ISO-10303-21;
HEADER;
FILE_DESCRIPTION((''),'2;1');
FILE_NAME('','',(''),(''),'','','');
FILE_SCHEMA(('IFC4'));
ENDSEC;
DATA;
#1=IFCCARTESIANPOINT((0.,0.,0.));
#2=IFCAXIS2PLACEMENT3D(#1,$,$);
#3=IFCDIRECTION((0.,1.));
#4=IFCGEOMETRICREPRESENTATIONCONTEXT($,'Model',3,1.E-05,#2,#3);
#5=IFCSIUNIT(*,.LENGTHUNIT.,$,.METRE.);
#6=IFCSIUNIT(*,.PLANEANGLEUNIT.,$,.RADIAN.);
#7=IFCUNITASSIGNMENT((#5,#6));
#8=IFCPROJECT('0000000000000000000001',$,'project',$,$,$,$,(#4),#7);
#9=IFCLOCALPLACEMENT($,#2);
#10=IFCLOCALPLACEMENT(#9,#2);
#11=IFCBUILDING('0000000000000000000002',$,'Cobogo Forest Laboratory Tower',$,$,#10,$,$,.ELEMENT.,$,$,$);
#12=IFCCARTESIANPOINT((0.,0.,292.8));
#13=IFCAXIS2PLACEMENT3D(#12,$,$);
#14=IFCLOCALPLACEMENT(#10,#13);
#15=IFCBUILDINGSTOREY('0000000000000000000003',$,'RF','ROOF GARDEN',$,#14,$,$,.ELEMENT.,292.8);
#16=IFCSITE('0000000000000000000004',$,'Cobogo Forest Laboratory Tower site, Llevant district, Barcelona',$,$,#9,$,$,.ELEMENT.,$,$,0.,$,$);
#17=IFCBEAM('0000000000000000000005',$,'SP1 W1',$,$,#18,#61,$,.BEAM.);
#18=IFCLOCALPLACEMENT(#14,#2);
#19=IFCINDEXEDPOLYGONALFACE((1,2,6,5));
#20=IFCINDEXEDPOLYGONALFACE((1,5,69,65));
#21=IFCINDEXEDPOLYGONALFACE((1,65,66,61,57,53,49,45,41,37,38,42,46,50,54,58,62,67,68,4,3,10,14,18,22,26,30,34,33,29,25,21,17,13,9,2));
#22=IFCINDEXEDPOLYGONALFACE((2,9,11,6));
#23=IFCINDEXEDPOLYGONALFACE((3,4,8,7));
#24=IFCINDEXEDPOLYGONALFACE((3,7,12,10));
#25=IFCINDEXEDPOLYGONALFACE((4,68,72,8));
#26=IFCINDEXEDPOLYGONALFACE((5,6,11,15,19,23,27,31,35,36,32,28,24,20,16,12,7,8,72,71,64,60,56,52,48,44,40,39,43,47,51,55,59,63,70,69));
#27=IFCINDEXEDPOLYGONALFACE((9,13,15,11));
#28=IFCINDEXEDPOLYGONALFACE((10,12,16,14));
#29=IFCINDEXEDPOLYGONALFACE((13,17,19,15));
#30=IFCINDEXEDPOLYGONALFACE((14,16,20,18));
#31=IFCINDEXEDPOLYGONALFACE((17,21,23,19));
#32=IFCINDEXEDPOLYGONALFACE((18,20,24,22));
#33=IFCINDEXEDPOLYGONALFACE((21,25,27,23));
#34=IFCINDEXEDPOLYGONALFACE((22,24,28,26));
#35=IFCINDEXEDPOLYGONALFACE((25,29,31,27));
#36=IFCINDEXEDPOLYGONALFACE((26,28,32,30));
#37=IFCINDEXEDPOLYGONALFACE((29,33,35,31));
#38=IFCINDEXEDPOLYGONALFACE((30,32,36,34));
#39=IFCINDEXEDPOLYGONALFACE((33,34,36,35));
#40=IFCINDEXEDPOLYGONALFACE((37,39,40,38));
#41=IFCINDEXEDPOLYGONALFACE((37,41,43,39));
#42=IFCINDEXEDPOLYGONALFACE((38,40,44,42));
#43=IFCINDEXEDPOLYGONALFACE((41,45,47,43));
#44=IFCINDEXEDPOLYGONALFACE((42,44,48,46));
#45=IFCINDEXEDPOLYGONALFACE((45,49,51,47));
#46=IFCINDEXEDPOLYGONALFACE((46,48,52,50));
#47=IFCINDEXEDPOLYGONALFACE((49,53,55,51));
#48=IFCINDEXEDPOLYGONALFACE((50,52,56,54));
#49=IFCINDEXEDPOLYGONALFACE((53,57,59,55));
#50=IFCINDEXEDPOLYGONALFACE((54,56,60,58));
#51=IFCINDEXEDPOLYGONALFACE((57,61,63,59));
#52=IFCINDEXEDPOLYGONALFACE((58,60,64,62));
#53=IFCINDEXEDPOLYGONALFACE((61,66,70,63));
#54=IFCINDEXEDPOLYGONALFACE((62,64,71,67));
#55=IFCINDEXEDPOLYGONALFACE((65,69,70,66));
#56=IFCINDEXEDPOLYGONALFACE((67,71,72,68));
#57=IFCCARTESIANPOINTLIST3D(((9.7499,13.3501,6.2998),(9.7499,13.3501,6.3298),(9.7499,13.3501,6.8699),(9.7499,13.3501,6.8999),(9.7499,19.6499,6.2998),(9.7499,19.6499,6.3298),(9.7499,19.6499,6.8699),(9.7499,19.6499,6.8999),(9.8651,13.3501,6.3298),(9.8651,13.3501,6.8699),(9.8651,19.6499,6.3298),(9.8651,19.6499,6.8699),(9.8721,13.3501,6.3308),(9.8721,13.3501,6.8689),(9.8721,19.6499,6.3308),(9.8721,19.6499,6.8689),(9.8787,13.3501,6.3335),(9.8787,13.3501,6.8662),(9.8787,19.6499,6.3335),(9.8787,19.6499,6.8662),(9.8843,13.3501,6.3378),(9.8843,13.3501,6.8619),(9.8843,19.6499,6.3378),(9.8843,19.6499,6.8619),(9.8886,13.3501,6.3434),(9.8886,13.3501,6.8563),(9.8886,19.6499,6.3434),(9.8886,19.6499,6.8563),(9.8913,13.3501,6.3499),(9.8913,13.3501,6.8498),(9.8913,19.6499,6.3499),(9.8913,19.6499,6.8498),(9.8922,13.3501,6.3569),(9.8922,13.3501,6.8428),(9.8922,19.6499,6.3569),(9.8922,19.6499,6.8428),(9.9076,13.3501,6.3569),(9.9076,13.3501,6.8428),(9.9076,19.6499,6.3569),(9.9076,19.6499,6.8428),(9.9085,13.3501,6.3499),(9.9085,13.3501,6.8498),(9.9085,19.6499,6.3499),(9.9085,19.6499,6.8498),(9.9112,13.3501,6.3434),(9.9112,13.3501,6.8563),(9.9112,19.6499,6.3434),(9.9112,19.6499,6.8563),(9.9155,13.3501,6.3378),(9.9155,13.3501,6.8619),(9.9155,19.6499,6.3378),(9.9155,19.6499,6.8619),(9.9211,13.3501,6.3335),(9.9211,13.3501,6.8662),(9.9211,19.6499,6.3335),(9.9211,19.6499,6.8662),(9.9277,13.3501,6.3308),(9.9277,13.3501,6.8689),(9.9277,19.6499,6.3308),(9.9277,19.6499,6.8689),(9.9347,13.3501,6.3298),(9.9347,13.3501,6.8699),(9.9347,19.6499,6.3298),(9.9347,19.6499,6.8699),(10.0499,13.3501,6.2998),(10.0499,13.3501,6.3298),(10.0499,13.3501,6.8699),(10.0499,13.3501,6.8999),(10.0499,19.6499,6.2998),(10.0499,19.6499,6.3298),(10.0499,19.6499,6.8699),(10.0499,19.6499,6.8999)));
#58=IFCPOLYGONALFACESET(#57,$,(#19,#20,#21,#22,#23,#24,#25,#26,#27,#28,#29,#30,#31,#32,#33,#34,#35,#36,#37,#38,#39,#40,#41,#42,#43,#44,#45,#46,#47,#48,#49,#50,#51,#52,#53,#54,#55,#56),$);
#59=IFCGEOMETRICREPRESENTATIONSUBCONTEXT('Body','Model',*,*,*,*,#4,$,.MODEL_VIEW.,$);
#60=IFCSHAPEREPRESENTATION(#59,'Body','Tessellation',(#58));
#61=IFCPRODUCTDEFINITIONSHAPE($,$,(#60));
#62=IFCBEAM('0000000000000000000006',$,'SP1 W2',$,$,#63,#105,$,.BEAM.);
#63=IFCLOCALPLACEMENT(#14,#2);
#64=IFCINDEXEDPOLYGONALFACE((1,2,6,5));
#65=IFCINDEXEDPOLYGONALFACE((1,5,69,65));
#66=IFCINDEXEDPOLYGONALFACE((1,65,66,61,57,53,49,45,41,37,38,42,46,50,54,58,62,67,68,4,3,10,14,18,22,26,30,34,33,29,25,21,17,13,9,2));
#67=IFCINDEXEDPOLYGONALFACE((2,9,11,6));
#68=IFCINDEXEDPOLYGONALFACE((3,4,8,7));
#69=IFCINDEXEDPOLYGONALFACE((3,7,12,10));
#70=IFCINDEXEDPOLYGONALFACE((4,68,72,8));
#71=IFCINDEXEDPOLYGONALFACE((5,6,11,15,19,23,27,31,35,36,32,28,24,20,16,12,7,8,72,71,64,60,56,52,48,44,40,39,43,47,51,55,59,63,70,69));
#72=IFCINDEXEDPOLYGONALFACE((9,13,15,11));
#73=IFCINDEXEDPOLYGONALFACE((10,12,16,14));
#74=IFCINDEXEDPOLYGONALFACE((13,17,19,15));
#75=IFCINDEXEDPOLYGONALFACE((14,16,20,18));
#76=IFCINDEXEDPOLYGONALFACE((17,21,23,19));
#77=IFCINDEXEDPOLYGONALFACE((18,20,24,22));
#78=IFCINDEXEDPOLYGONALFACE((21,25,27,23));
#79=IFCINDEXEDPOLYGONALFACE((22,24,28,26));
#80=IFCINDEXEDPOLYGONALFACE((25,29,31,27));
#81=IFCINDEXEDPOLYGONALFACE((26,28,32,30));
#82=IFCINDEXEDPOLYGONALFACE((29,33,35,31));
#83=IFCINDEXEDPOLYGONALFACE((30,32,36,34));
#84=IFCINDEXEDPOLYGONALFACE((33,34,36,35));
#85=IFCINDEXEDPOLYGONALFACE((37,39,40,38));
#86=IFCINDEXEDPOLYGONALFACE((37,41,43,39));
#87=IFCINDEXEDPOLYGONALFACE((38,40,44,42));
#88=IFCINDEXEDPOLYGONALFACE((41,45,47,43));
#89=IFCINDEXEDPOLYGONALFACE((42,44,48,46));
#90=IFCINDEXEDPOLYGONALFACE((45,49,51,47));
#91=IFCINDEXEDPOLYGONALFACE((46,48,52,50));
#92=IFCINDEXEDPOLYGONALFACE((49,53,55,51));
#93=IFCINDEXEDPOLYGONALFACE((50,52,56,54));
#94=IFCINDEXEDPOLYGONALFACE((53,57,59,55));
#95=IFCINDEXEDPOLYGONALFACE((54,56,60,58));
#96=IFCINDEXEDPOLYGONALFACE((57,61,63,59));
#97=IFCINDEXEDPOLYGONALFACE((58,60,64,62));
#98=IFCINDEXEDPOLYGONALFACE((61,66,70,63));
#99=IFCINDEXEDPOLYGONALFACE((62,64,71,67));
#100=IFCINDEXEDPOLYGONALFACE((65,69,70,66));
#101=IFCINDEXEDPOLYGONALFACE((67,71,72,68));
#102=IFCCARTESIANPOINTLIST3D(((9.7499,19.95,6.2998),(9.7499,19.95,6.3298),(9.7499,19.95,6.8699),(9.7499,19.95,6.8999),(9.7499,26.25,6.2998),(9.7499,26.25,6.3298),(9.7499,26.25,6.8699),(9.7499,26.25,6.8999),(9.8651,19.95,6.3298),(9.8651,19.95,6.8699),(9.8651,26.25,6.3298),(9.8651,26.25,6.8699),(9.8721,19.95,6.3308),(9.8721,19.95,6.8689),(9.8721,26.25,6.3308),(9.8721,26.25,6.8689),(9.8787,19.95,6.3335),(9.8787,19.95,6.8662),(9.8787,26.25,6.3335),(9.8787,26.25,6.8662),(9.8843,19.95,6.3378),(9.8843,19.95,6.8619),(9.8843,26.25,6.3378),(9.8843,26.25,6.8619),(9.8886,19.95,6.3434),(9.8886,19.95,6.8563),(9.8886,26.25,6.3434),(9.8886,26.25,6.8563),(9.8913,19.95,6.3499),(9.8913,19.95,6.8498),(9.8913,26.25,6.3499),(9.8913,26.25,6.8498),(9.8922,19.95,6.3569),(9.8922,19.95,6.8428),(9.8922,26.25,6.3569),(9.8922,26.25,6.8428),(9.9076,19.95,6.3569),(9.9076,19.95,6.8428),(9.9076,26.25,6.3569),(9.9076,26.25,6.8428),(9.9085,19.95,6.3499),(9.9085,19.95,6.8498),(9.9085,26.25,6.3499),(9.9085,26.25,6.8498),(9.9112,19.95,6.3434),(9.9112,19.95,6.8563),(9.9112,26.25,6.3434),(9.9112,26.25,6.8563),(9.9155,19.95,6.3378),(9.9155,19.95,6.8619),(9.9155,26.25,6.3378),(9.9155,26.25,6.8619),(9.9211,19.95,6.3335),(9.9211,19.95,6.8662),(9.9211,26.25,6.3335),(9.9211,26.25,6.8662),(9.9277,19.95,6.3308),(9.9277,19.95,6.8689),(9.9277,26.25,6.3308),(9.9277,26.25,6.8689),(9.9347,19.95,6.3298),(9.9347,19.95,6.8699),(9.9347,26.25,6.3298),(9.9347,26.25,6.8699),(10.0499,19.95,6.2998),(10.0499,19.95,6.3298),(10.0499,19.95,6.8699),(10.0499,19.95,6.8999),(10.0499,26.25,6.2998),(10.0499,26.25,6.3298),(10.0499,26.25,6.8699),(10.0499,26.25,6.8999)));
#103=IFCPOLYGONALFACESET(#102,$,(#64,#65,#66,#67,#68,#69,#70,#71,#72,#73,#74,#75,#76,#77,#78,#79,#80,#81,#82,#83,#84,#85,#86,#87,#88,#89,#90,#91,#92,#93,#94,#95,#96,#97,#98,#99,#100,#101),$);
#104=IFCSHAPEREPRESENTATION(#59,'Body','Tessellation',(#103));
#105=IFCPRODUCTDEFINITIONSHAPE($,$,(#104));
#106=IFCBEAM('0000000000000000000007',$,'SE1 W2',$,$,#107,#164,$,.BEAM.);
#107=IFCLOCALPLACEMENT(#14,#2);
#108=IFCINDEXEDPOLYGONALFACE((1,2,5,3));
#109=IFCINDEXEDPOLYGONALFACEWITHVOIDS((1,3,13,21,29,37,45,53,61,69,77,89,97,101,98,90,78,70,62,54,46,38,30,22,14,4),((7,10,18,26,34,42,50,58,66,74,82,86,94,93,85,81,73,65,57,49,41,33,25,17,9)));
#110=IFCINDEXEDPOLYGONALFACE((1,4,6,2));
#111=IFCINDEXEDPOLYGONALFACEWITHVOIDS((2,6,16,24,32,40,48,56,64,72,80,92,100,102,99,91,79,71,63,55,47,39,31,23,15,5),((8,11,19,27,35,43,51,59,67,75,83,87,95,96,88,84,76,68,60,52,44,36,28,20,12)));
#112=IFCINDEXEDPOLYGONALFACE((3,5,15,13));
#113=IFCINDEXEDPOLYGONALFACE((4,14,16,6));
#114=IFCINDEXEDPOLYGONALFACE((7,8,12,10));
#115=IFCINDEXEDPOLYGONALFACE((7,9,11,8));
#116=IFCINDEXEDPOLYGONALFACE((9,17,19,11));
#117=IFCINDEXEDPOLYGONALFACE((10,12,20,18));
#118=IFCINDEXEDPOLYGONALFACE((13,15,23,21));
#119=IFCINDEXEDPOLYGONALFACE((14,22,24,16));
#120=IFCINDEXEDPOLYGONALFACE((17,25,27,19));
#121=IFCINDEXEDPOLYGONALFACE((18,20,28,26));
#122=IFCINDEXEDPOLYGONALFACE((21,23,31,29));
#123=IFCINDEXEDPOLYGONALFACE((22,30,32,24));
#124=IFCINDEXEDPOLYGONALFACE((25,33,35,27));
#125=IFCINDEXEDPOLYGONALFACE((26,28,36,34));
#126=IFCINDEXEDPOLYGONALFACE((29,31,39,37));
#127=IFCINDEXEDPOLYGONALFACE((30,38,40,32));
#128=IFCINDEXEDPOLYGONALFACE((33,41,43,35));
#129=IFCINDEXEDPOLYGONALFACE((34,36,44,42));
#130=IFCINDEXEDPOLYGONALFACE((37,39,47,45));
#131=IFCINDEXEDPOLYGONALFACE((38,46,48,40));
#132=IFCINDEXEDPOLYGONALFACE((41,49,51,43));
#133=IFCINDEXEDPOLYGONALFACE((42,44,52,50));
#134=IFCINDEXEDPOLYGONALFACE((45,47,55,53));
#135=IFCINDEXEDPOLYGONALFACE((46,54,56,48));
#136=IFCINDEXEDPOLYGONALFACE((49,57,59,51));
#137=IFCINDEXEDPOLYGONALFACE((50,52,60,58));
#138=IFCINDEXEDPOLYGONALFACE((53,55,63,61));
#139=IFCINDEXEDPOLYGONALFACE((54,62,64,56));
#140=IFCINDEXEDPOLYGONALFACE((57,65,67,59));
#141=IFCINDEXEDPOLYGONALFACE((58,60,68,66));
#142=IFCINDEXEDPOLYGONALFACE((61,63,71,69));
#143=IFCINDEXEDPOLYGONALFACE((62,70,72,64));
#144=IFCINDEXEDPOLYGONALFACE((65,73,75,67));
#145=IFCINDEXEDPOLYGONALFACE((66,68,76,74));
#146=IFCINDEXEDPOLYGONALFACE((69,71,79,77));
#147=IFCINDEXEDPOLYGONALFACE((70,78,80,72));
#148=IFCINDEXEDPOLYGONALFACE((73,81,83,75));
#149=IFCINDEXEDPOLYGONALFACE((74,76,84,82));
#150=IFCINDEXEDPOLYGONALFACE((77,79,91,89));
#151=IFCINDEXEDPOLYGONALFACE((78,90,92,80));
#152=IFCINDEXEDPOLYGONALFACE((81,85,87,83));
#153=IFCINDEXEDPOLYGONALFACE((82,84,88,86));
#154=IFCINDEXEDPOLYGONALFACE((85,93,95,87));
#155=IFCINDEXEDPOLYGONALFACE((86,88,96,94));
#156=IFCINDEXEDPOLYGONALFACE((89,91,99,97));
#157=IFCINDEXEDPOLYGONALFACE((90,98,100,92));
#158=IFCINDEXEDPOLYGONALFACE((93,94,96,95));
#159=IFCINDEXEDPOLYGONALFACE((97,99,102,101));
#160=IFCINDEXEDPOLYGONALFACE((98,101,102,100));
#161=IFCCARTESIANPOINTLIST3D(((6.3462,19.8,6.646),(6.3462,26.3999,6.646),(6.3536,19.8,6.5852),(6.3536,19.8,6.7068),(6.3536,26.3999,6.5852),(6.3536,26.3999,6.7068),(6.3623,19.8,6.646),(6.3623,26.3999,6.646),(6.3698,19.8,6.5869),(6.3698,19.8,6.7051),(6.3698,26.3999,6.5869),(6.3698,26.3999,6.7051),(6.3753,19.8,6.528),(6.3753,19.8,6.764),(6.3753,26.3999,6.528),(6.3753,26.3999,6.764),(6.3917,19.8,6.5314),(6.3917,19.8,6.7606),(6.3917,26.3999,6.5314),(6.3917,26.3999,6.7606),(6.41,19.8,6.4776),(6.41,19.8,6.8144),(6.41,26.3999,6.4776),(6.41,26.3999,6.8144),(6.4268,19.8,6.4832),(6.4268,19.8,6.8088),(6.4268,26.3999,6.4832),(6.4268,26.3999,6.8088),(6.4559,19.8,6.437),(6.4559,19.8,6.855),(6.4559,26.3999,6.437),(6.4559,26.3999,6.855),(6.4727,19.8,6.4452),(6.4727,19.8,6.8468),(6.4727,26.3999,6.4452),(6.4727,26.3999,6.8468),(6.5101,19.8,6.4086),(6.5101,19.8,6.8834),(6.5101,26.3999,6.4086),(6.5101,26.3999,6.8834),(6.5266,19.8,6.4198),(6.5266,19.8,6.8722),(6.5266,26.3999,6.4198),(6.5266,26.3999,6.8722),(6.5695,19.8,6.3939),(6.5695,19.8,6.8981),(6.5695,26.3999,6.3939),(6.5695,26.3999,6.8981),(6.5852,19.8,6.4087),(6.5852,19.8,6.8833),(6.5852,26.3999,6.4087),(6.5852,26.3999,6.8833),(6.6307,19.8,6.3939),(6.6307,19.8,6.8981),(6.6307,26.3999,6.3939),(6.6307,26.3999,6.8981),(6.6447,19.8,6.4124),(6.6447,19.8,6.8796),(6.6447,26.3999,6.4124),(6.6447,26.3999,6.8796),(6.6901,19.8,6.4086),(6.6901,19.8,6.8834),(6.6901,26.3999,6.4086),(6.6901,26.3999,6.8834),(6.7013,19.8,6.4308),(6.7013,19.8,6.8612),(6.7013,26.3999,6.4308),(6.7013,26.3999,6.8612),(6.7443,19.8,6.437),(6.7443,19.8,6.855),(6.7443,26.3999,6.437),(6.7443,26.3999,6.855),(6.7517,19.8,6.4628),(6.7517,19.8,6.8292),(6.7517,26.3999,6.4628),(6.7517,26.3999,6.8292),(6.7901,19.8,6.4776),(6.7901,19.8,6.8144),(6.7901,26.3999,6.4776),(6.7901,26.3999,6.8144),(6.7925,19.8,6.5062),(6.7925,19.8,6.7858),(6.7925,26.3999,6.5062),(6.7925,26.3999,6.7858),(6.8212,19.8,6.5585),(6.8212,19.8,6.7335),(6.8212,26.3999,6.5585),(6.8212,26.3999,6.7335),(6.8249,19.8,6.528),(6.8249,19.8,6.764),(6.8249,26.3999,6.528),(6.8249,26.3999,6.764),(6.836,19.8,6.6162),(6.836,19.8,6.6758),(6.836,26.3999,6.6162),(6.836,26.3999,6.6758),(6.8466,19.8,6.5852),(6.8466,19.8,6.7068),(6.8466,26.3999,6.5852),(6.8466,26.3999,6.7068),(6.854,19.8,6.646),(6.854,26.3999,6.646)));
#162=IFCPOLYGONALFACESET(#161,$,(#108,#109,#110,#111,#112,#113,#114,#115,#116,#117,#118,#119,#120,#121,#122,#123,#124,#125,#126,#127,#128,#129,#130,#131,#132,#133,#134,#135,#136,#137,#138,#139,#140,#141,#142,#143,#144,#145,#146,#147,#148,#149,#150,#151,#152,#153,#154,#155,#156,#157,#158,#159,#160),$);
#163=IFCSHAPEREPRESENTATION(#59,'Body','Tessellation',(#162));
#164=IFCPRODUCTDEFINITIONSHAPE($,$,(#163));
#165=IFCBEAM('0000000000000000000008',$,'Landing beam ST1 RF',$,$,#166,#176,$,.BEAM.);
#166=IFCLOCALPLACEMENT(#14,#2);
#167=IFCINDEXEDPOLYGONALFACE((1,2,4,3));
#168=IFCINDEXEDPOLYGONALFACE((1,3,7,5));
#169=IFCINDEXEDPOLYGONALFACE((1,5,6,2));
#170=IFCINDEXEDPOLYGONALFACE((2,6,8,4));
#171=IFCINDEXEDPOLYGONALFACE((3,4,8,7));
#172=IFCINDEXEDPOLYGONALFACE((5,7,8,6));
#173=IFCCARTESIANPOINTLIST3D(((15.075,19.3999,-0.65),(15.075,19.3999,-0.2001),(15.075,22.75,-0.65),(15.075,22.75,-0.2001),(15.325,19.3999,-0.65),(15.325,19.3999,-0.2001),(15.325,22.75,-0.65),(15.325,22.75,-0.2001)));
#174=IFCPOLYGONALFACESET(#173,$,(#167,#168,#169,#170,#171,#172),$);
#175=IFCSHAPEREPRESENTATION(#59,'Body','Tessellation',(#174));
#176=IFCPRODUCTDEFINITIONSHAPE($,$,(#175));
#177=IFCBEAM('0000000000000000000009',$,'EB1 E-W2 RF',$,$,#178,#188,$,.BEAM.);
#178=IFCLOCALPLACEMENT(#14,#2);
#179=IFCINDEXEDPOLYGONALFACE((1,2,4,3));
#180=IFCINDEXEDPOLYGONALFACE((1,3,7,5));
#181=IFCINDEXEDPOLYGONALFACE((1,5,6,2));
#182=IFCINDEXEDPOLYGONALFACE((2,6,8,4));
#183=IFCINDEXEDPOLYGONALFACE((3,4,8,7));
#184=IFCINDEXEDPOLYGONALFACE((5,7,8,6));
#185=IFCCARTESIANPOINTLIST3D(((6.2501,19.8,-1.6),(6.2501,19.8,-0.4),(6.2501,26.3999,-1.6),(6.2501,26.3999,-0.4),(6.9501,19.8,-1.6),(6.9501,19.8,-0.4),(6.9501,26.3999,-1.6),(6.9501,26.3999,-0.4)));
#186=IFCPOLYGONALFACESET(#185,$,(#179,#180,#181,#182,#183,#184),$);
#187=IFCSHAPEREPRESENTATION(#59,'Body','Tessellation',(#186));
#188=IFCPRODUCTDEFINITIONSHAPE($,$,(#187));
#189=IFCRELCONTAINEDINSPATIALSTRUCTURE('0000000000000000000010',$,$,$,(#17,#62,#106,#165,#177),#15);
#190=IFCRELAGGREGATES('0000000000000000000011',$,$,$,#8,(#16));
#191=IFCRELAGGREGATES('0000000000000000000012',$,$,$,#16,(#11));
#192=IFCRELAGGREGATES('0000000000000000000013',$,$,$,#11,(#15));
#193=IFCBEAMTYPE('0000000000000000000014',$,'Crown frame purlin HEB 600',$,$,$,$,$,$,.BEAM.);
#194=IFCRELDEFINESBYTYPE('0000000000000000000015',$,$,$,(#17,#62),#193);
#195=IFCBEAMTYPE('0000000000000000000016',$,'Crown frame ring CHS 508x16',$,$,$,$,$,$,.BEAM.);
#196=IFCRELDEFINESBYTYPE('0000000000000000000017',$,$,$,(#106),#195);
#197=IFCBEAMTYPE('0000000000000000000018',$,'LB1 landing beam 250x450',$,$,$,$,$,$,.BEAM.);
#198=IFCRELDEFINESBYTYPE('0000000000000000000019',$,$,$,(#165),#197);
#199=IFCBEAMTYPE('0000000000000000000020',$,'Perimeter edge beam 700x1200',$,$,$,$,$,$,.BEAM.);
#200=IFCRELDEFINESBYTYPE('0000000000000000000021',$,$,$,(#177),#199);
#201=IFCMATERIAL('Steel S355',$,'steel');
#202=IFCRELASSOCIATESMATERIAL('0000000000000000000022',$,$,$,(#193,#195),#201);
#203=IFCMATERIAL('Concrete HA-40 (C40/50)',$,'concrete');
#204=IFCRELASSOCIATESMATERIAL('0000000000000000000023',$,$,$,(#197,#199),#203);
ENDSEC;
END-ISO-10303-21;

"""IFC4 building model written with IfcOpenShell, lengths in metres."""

from ifc_helpers import new_model, si_unit, direction, frame, origin, origin_2d, place, context, subcontext, project, spatial, rectangle, hollow_circle, i_section, extrude, material, material_profile, profile_set, type_object, element, save


model = new_model("IFC4")

# Units and contexts
model_context = context("Model", 3, precision=1e-05, world=origin(), true_north=direction((0.0, 1.0)))
body_context = subcontext(model_context, "Body", "Model", "MODEL_VIEW")
ifc_project = project(units=[si_unit("LENGTHUNIT", "METRE"), si_unit("PLANEANGLEUNIT", "RADIAN")], contexts=[model_context])

# Site, building, storey
site_placement = place(None, origin())
site = spatial("IfcSite", under=ifc_project, at=site_placement, Name="Cobogo Forest Laboratory Tower site, Llevant district, Barcelona", CompositionType="ELEMENT", RefElevation=0.0)
building_placement = place(site_placement, origin())
building = spatial("IfcBuilding", under=site, at=building_placement, Name="Cobogo Forest Laboratory Tower", CompositionType="ELEMENT")
storey_placement = place(building_placement, frame((0.0, 0.0, 292.8)))
storey = spatial("IfcBuildingStorey", under=building, at=storey_placement, Name="RF", Description="ROOF GARDEN", CompositionType="ELEMENT", Elevation=292.8)

# Shared definitions
ifc_material_1 = material(Name="Steel S355", Category="steel")

# Beams
ifc_material_profile_1 = material_profile(ifc_material_1, i_section(OverallWidth=0.3, OverallDepth=0.6001, WebThickness=0.0154, FlangeThickness=0.03, FilletRadius=0.0271, at=origin_2d()), Name="HEB 600")
ifc_profile_set_1 = profile_set([ifc_material_profile_1], Name="Steel S355")
beam_type_1 = type_object("IfcBeamType", Name="Crown frame purlin HEB 600", PredefinedType="BEAM", material=ifc_profile_set_1)
beam_1_placement = place(storey_placement, frame((9.8999, 13.3501, 6.5999), z_axis=(0.0, 1.0, 0.0), x_axis=(-1.0, 0.0, 0.0)))
element("IfcBeam", 1, at=beam_1_placement, inside=storey, type_object=beam_type_1, Name="SP1 W1", PredefinedType="BEAM", context=body_context, shape_type="SweptSolid", body=[
    extrude(i_section(OverallWidth=0.3, OverallDepth=0.6001, WebThickness=0.0154, FlangeThickness=0.03, FilletRadius=0.0271, at=origin_2d()), origin(), (0.0, 0.0, 1.0), 6.2998),
])
beam_2_placement = place(storey_placement, frame((9.8999, 19.95, 6.5999), z_axis=(0.0, 1.0, 0.0), x_axis=(-1.0, 0.0, 0.0)))
element("IfcBeam", 2, at=beam_2_placement, inside=storey, type_object=beam_type_1, Name="SP1 W2", PredefinedType="BEAM", context=body_context, shape_type="SweptSolid", body=[
    extrude(i_section(OverallWidth=0.3, OverallDepth=0.6001, WebThickness=0.0154, FlangeThickness=0.03, FilletRadius=0.0271, at=origin_2d()), origin(), (0.0, 0.0, 1.0), 6.3),
])
ifc_material_profile_2 = material_profile(ifc_material_1, hollow_circle(Radius=0.2539, WallThickness=0.0161, at=origin_2d()), Name="CHS 508x16")
ifc_profile_set_2 = profile_set([ifc_material_profile_2], Name="Steel S355")
beam_type_2 = type_object("IfcBeamType", Name="Crown frame ring CHS 508x16", PredefinedType="BEAM", material=ifc_profile_set_2)
beam_3_placement = place(storey_placement, frame((6.6001, 19.8, 6.646), z_axis=(0.0, 1.0, 0.0), x_axis=(-1.0, 0.0, 0.0)))
element("IfcBeam", 3, at=beam_3_placement, inside=storey, type_object=beam_type_2, Name="SE1 W2", PredefinedType="BEAM", context=body_context, shape_type="SweptSolid", body=[
    extrude(hollow_circle(Radius=0.2539, WallThickness=0.0161, at=origin_2d()), origin(), (0.0, 0.0, 1.0), 6.5999),
])
ifc_material_2 = material(Name="Concrete HA-40 (C40/50)", Category="concrete")
ifc_material_profile_3 = material_profile(ifc_material_2, rectangle(XDim=0.25, YDim=0.45, at=origin_2d()), Name="RC 250x450")
ifc_profile_set_3 = profile_set([ifc_material_profile_3], Name="Concrete HA-40 (C40/50)")
beam_type_3 = type_object("IfcBeamType", Name="LB1 landing beam 250x450", PredefinedType="BEAM", material=ifc_profile_set_3)
beam_4_placement = place(storey_placement, frame((15.2, 19.3999, -0.425), z_axis=(0.0, 1.0, 0.0), x_axis=(-1.0, 0.0, 0.0)))
element("IfcBeam", 4, at=beam_4_placement, inside=storey, type_object=beam_type_3, Name="Landing beam ST1 RF", PredefinedType="BEAM", context=body_context, shape_type="SweptSolid", body=[
    extrude(rectangle(XDim=0.25, YDim=0.45, at=origin_2d()), origin(), (0.0, 0.0, 1.0), 3.3501),
])
ifc_material_profile_4 = material_profile(ifc_material_2, rectangle(XDim=0.7, YDim=1.2, at=origin_2d()), Name="RC 700x1200")
ifc_profile_set_4 = profile_set([ifc_material_profile_4], Name="Concrete HA-40 (C40/50)")
beam_type_4 = type_object("IfcBeamType", Name="Perimeter edge beam 700x1200", PredefinedType="BEAM", material=ifc_profile_set_4)
beam_5_placement = place(storey_placement, frame((6.6001, 19.8, -1.0), z_axis=(0.0, 1.0, 0.0), x_axis=(-1.0, 0.0, 0.0)))
element("IfcBeam", 5, at=beam_5_placement, inside=storey, type_object=beam_type_4, Name="EB1 E-W2 RF", PredefinedType="BEAM", context=body_context, shape_type="SweptSolid", body=[
    extrude(rectangle(XDim=0.7, YDim=1.2, at=origin_2d()), origin(), (0.0, 0.0, 1.0), 6.5999),
])

save(model, "model.ifc")
